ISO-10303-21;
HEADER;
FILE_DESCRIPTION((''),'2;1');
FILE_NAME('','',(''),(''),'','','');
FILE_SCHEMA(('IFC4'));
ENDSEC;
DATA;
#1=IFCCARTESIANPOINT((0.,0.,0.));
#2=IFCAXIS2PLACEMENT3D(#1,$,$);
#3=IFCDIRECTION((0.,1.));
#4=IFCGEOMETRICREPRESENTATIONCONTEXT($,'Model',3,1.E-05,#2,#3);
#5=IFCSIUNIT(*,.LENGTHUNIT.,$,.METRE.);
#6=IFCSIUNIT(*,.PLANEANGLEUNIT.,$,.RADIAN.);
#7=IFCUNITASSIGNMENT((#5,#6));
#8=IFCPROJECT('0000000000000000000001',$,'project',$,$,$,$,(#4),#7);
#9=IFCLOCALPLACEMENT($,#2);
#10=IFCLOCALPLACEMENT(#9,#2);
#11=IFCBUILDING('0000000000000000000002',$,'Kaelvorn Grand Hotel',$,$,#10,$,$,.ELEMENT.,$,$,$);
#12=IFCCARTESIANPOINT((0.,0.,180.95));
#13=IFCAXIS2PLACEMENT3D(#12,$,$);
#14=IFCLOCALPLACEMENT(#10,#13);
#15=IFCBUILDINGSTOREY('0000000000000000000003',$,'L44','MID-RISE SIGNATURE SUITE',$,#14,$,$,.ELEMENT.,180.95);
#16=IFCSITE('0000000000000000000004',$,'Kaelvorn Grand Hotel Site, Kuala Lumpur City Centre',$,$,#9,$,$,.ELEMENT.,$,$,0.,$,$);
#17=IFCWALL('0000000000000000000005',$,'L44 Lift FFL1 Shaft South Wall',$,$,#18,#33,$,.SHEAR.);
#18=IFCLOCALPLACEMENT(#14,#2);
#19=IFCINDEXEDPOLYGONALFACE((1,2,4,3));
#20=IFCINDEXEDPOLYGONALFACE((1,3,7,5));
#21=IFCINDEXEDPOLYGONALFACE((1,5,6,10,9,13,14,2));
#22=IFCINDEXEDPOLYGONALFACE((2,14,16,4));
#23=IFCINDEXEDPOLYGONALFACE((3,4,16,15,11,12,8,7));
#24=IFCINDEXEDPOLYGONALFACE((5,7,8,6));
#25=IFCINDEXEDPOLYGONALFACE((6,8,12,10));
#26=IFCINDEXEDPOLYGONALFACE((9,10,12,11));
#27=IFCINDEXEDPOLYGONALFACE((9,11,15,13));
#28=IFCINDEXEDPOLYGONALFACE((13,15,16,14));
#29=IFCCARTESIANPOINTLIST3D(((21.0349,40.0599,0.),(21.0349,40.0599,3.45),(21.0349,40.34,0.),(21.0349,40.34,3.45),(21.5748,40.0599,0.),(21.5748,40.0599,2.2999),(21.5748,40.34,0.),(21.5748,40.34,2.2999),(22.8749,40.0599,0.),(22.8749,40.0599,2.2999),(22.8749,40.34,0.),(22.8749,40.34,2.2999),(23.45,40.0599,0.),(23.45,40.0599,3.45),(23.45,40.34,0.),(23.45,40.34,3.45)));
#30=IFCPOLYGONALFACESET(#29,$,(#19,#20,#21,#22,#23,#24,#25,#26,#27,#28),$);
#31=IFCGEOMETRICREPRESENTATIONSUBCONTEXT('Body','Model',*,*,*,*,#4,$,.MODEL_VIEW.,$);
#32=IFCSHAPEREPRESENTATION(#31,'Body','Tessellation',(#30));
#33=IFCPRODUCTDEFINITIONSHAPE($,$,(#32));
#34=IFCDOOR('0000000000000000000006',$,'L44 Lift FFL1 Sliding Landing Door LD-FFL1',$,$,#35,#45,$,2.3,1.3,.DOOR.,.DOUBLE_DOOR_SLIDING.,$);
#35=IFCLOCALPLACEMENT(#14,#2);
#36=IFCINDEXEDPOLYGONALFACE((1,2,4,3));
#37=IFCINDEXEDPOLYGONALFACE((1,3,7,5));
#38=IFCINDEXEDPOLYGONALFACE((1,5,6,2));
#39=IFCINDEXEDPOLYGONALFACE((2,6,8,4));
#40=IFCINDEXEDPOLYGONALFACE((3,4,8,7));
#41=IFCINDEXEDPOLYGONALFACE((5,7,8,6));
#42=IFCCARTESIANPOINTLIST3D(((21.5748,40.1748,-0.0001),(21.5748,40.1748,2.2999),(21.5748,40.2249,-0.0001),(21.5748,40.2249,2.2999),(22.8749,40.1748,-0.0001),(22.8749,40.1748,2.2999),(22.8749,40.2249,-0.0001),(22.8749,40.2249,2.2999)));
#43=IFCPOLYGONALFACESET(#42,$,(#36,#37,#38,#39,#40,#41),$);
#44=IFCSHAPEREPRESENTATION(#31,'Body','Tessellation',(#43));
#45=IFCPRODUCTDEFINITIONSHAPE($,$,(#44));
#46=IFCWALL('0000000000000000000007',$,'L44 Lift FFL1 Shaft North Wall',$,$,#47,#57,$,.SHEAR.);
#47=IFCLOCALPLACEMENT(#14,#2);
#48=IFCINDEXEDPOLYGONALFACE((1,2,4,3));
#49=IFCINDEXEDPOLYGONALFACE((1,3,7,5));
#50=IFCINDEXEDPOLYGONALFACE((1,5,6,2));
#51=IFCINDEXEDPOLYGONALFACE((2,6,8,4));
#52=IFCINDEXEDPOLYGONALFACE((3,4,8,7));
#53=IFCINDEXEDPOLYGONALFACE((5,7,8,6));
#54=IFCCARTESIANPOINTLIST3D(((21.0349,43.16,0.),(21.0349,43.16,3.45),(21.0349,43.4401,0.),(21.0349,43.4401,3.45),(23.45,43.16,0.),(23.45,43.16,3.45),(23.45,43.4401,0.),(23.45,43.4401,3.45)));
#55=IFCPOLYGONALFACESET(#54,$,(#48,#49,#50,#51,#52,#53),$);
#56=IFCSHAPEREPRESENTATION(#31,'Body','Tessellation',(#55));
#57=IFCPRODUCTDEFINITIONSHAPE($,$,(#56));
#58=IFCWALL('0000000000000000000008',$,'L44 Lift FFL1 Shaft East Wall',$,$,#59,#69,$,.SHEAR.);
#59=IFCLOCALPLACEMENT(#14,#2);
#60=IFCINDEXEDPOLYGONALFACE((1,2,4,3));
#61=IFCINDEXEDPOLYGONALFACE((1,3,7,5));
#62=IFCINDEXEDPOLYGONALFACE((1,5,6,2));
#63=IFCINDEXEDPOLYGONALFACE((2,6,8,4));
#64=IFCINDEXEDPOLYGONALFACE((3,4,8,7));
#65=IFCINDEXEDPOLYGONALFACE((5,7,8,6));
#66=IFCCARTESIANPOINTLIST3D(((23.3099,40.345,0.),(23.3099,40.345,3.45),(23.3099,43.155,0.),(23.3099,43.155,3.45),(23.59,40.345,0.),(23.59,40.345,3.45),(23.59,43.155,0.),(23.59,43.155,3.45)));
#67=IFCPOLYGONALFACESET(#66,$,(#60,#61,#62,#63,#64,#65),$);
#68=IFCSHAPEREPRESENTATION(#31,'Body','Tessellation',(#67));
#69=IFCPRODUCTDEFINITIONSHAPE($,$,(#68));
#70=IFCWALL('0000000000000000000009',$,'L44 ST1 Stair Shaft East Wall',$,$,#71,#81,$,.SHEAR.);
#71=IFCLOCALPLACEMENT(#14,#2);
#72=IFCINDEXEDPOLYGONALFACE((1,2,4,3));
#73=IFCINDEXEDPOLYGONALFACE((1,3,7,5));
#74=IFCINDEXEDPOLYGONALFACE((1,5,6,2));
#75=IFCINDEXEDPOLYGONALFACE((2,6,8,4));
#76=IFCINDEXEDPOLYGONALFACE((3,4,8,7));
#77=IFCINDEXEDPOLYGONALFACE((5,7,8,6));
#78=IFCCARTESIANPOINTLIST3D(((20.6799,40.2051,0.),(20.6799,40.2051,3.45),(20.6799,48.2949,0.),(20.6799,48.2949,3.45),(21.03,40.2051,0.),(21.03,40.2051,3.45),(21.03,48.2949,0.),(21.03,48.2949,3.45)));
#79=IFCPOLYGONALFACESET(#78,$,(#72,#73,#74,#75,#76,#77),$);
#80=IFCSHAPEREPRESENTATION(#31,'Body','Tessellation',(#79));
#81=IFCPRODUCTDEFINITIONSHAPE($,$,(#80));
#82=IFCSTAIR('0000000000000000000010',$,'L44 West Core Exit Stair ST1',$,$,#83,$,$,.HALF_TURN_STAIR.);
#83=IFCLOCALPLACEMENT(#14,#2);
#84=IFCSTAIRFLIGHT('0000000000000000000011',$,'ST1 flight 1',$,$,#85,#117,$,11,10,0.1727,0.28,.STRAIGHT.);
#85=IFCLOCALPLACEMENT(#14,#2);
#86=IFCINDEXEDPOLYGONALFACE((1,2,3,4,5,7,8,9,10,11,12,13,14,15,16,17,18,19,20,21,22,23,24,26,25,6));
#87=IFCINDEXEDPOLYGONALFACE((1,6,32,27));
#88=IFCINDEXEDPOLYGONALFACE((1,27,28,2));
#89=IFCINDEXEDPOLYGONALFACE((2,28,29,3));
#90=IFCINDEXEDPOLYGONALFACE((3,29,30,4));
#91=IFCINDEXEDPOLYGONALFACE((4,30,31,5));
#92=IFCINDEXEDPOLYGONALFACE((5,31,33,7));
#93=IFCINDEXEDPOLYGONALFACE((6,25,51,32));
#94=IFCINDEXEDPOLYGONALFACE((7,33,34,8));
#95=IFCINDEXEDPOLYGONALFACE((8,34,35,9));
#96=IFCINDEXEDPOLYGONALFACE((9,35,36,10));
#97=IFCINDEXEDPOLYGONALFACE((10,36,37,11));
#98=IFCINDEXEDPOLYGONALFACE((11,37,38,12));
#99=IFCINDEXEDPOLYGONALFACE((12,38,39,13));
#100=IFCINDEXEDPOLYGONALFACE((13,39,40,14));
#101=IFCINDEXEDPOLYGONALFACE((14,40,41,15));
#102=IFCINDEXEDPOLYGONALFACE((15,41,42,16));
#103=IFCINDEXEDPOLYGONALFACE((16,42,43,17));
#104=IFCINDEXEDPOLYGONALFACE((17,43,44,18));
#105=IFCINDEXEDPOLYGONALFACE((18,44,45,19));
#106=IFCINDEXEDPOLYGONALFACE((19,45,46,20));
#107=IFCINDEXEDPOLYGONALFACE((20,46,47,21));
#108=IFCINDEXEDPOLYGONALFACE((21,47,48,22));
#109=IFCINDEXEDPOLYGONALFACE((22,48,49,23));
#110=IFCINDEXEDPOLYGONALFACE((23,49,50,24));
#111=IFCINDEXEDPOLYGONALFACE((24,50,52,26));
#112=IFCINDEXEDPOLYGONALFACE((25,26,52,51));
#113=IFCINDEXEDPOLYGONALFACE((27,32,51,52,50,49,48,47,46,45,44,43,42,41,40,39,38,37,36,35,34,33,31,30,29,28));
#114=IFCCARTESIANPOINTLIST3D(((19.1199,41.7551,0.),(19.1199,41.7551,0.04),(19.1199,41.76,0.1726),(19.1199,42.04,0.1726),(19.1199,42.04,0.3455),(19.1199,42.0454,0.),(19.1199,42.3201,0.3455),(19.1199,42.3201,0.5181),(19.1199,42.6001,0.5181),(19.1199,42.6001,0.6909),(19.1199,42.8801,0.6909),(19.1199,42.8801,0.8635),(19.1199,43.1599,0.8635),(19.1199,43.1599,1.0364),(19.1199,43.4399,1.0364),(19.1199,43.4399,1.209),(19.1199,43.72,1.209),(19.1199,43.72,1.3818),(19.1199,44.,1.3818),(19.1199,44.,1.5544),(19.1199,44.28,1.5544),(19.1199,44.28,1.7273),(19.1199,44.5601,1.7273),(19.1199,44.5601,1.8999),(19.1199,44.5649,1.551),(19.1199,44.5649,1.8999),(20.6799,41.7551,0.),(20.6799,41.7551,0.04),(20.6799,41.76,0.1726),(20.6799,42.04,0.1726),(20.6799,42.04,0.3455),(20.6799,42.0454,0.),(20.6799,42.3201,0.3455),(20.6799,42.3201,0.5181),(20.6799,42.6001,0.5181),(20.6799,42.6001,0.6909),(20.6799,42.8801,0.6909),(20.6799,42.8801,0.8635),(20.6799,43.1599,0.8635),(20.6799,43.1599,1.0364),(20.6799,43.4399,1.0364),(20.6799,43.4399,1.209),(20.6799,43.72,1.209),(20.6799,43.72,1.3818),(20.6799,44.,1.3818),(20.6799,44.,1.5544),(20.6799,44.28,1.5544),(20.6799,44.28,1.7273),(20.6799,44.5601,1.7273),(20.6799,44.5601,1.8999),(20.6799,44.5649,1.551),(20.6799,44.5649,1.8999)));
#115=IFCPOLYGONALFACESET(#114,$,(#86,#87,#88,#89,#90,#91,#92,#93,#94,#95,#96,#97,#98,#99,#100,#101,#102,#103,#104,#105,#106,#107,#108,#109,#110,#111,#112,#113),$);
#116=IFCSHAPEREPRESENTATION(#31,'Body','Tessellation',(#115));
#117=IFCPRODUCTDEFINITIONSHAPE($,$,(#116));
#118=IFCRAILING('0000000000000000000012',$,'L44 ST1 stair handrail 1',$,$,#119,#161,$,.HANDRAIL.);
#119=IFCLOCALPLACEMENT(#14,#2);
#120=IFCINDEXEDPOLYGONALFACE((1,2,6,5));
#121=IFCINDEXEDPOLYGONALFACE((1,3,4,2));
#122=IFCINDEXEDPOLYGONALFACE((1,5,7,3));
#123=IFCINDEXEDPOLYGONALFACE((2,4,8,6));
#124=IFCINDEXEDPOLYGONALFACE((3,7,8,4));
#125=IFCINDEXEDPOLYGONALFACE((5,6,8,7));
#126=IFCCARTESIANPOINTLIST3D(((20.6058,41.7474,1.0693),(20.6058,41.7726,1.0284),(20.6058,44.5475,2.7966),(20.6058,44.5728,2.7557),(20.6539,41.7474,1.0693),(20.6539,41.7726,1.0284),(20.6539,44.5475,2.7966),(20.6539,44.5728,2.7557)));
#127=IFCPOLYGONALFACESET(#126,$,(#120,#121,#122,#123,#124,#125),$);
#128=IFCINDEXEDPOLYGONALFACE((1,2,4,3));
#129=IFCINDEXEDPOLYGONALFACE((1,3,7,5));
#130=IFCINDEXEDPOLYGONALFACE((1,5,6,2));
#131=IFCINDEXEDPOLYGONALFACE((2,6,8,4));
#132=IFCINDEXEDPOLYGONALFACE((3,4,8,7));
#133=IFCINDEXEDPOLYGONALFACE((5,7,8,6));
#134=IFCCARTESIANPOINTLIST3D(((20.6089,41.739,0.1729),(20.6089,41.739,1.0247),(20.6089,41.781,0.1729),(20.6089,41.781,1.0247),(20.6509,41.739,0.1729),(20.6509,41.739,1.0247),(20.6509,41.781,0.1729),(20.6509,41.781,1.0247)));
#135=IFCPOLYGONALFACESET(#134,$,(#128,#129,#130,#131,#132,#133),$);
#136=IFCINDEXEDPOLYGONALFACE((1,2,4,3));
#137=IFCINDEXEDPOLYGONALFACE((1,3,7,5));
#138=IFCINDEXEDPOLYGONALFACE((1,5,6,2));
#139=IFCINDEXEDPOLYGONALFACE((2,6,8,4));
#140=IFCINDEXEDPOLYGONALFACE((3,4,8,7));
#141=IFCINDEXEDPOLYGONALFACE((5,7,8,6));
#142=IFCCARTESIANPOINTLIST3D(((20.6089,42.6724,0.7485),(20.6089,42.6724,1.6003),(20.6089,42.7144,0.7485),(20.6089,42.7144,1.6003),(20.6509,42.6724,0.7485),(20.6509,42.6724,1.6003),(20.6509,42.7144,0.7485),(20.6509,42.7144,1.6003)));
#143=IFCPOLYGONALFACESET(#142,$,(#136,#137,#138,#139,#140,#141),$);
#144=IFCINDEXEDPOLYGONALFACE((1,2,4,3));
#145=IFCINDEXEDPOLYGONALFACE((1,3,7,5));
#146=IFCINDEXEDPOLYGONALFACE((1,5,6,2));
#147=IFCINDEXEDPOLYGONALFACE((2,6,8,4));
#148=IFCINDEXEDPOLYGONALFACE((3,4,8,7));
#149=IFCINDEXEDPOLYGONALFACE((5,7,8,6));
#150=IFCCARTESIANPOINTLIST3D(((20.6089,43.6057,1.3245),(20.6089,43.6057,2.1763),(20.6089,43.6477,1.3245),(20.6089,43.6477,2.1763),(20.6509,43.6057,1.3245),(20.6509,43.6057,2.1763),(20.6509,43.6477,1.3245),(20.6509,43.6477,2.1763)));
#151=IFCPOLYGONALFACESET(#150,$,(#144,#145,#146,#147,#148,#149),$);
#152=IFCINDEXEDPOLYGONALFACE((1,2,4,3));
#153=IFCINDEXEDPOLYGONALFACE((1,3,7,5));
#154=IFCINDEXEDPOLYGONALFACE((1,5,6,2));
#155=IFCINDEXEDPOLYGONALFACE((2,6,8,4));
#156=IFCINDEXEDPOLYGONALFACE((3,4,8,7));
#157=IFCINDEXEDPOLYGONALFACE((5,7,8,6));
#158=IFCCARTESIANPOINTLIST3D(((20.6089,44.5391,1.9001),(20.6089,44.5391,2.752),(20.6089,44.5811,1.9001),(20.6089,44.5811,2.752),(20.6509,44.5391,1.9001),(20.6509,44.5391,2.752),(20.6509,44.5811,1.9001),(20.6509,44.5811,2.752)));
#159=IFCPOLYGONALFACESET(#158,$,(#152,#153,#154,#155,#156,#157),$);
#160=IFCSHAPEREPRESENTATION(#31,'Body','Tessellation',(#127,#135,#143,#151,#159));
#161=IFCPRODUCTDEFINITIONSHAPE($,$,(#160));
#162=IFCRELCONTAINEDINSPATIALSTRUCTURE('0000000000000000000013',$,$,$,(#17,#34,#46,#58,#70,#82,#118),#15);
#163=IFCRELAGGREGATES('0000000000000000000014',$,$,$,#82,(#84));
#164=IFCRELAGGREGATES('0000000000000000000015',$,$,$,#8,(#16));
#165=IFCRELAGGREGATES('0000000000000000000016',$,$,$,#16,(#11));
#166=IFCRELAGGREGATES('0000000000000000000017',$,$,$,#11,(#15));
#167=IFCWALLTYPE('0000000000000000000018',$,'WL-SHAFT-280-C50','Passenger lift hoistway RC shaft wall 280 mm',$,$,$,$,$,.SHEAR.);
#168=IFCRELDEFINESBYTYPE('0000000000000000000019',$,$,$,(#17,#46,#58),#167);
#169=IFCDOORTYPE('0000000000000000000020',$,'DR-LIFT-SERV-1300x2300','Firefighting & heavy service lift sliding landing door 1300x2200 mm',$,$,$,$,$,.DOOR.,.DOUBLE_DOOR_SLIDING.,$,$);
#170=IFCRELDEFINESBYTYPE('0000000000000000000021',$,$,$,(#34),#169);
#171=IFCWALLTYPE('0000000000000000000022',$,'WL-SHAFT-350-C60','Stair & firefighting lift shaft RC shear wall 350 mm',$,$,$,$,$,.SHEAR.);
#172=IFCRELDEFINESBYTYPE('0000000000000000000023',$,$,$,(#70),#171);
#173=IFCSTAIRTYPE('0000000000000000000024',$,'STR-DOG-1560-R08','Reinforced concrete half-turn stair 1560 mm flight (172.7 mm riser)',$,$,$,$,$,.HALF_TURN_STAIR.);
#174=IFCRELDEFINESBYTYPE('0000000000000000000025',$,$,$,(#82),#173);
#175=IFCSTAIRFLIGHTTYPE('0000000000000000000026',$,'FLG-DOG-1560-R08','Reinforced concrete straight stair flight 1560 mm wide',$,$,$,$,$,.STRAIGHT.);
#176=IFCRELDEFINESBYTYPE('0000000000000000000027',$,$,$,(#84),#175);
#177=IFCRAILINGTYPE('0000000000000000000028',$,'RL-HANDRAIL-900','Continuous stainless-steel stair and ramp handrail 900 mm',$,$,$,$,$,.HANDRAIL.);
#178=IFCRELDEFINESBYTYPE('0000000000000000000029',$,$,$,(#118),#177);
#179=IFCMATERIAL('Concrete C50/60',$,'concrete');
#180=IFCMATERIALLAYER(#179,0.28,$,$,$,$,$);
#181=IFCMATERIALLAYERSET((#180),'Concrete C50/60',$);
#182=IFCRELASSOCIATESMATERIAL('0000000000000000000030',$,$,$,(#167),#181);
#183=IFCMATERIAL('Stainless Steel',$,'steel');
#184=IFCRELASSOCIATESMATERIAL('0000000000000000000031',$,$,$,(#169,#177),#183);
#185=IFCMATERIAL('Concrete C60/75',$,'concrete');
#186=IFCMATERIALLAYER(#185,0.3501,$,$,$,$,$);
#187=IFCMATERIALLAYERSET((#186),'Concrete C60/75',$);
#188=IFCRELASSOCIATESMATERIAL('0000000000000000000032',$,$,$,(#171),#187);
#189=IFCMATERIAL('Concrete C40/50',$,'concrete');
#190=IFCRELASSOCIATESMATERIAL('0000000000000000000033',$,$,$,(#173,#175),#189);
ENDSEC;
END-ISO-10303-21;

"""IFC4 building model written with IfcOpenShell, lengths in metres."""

from ifc_helpers import new_model, si_unit, direction, frame, frame_2d, origin, origin_2d, place, context, subcontext, project, spatial, polyline, rectangle, outline, extrude, material, layer, layer_set, type_object, element, fill, aggregate, save


model = new_model("IFC4")

# Units and contexts
model_context = context("Model", 3, precision=1e-05, world=origin(), true_north=direction((0.0, 1.0)))
body_context = subcontext(model_context, "Body", "Model", "MODEL_VIEW")
ifc_project = project(units=[si_unit("LENGTHUNIT", "METRE"), si_unit("PLANEANGLEUNIT", "RADIAN")], contexts=[model_context])

# Site, building, storey
site_placement = place(None, origin())
site = spatial("IfcSite", under=ifc_project, at=site_placement, Name="Kaelvorn Grand Hotel Site, Kuala Lumpur City Centre", CompositionType="ELEMENT", RefElevation=0.0)
building_placement = place(site_placement, origin())
building = spatial("IfcBuilding", under=site, at=building_placement, Name="Kaelvorn Grand Hotel", CompositionType="ELEMENT")
storey_placement = place(building_placement, frame((0.0, 0.0, 180.95)))
storey = spatial("IfcBuildingStorey", under=building, at=storey_placement, Name="L44", Description="MID-RISE SIGNATURE SUITE", CompositionType="ELEMENT", Elevation=180.95)

# Shared definitions
ifc_material_1 = material(Name="Concrete C60/75", Category="concrete")

# Shared definitions
ifc_material_2 = material(Name="Concrete C50/60", Category="concrete")

# Shared definitions
ifc_material_3 = material(Name="Concrete C40/50", Category="concrete")

# Wall, opening, door
ifc_layer_1 = layer(ifc_material_2, 0.28)
ifc_layer_set_1 = layer_set([ifc_layer_1], Name="Concrete C50/60")
wall_type_1 = type_object("IfcWallType", Name="WL-SHAFT-280-C50", Description="Passenger lift hoistway RC shaft wall 280 mm", PredefinedType="SHEAR", material=ifc_layer_set_1)
wall_1_placement = place(storey_placement, frame((21.0349, 40.2, 0.0), z_axis=(0.0, 0.0, 1.0), x_axis=(1.0, 0.0, 0.0)))
wall_1 = element("IfcWall", 1, at=wall_1_placement, inside=storey, type_object=wall_type_1, Name="L44 Lift FFL1 Shaft South Wall", PredefinedType="SHEAR", context=body_context, shape_type="SweptSolid", body=[
    extrude(rectangle(XDim=2.415, YDim=0.28, at=frame_2d((1.2075, 0.0))), origin(), (0.0, 0.0, 1.0), 3.45),
])
opening_1_placement = place(wall_1_placement, frame((0.54, 0.0, 0.0)))
opening_1 = element("IfcOpeningElement", 2, at=opening_1_placement, cuts=wall_1, PredefinedType="OPENING", context=body_context, shape_type="SweptSolid", body=[
    extrude(rectangle(XDim=1.3, YDim=2.3, at=frame_2d((0.6499, 1.1499))), frame((0.0, 0.1499, 0.0), z_axis=(0.0, -1.0, 0.0), x_axis=(1.0, 0.0, 0.0)), (0.0, 0.0, 1.0), 0.3),
])
ifc_material_4 = material(Name="Stainless Steel", Category="steel")
door_type_1 = type_object("IfcDoorType", Name="DR-LIFT-SERV-1300x2300", Description="Firefighting & heavy service lift sliding landing door 1300x2200 mm", OperationType="DOUBLE_DOOR_SLIDING", PredefinedType="DOOR", material=ifc_material_4)
door_1_placement = place(opening_1_placement, origin())
door_1 = element("IfcDoor", 3, at=door_1_placement, inside=storey, type_object=door_type_1, Name="L44 Lift FFL1 Sliding Landing Door LD-FFL1", OperationType="DOUBLE_DOOR_SLIDING", OverallHeight=2.3, OverallWidth=1.3, PredefinedType="DOOR", context=body_context, shape_type="SweptSolid", body=[
    extrude(rectangle(XDim=1.3, YDim=2.3, at=frame_2d((0.6499, 1.1499))), frame((0.0, 0.0249, 0.0), z_axis=(0.0, -1.0, 0.0), x_axis=(1.0, 0.0, 0.0)), (0.0, 0.0, 1.0), 0.05),
])
fill(opening_1, door_1)

# Walls
wall_2_placement = place(storey_placement, frame((21.0349, 43.3, 0.0), z_axis=(0.0, 0.0, 1.0), x_axis=(1.0, 0.0, 0.0)))
element("IfcWall", 4, at=wall_2_placement, inside=storey, type_object=wall_type_1, Name="L44 Lift FFL1 Shaft North Wall", PredefinedType="SHEAR", context=body_context, shape_type="SweptSolid", body=[
    extrude(rectangle(XDim=2.415, YDim=0.28, at=frame_2d((1.2075, 0.0))), origin(), (0.0, 0.0, 1.0), 3.45),
])
wall_3_placement = place(storey_placement, frame((23.45, 40.345, 0.0), z_axis=(0.0, 0.0, 1.0), x_axis=(0.0, 1.0, 0.0)))
element("IfcWall", 5, at=wall_3_placement, inside=storey, type_object=wall_type_1, Name="L44 Lift FFL1 Shaft East Wall", PredefinedType="SHEAR", context=body_context, shape_type="SweptSolid", body=[
    extrude(rectangle(XDim=2.8101, YDim=0.28, at=frame_2d((1.405, 0.0))), origin(), (0.0, 0.0, 1.0), 3.45),
])
ifc_layer_2 = layer(ifc_material_1, 0.3501)
ifc_layer_set_2 = layer_set([ifc_layer_2], Name="Concrete C60/75")
wall_type_2 = type_object("IfcWallType", Name="WL-SHAFT-350-C60", Description="Stair & firefighting lift shaft RC shear wall 350 mm", PredefinedType="SHEAR", material=ifc_layer_set_2)
wall_4_placement = place(storey_placement, frame((20.855, 40.2051, 0.0), z_axis=(0.0, 0.0, 1.0), x_axis=(0.0, 1.0, 0.0)))
element("IfcWall", 6, at=wall_4_placement, inside=storey, type_object=wall_type_2, Name="L44 ST1 Stair Shaft East Wall", PredefinedType="SHEAR", context=body_context, shape_type="SweptSolid", body=[
    extrude(rectangle(XDim=8.0898, YDim=0.3501, at=frame_2d((4.0449, 0.0))), origin(), (0.0, 0.0, 1.0), 3.45),
])

# Stair, stair flight
stair_type = type_object("IfcStairType", Name="STR-DOG-1560-R08", Description="Reinforced concrete half-turn stair 1560 mm flight (172.7 mm riser)", PredefinedType="HALF_TURN_STAIR", material=ifc_material_3)
stair_placement = place(storey_placement, origin())
stair = element("IfcStair", 7, at=stair_placement, inside=storey, type_object=stair_type, Name="L44 West Core Exit Stair ST1", PredefinedType="HALF_TURN_STAIR")
stair_flight_type = type_object("IfcStairFlightType", Name="FLG-DOG-1560-R08", Description="Reinforced concrete straight stair flight 1560 mm wide", PredefinedType="STRAIGHT", material=ifc_material_3)
stair_flight_placement = place(storey_placement, frame((19.8999, 41.76, 0.0), z_axis=(0.0, 0.0, 1.0), x_axis=(0.0, 1.0, 0.0)))
stair_flight = element("IfcStairFlight", 8, at=stair_flight_placement, type_object=stair_flight_type, Name="ST1 flight 1", NumberOfRisers=11, NumberOfTreads=10, PredefinedType="STRAIGHT", RiserHeight=0.1727, TreadLength=0.28, context=body_context, shape_type="SweptSolid", body=[
    extrude(outline(polyline([(-0.0049, 0.0), (-0.0049, 0.04), (0.0, 0.1726), (0.28, 0.1726), (0.28, 0.3455), (0.5601, 0.3455), (0.5601, 0.5181), (0.8401, 0.5181), (0.8401, 0.6909), (1.1201, 0.6909), (1.1201, 0.8635), (1.3999, 0.8635), (1.3999, 1.0364), (1.6799, 1.0364), (1.6799, 1.209), (1.96, 1.209), (1.96, 1.3818), (2.24, 1.3818), (2.24, 1.5544), (2.52, 1.5544), (2.52, 1.7273), (2.8, 1.7273), (2.8, 1.8999), (2.8049, 1.8999), (2.8049, 1.551), (0.2854, 0.0), (-0.0049, 0.0)])), frame((0.0, 0.78, 0.0), z_axis=(0.0, -1.0, 0.0), x_axis=(1.0, 0.0, 0.0)), (0.0, 0.0, 1.0), 1.5601),
])
aggregate(stair, [stair_flight])

# Railing
railing_type = type_object("IfcRailingType", Name="RL-HANDRAIL-900", Description="Continuous stainless-steel stair and ramp handrail 900 mm", PredefinedType="HANDRAIL", material=ifc_material_4)
railing_placement = place(storey_placement, frame((20.6299, 41.76, 0.1729)))
element("IfcRailing", 9, at=railing_placement, inside=storey, type_object=railing_type, Name="L44 ST1 stair handrail 1", PredefinedType="HANDRAIL", context=body_context, shape_type="SweptSolid", body=[
    extrude(rectangle(XDim=0.0481, YDim=0.0481, at=origin_2d()), frame((0.0, 0.0, 0.876), z_axis=(0.0, 0.85109, 0.52502), x_axis=(-1.0, 0.0, 0.0)), (0.0, 0.0, 1.0), 3.29),
    extrude(rectangle(XDim=0.042, YDim=0.042, at=origin_2d()), origin(), (0.0, 0.0, 1.0), 0.8518),
    extrude(rectangle(XDim=0.042, YDim=0.042, at=origin_2d()), frame((0.0, 0.9333, 0.5757)), (0.0, 0.0, 1.0), 0.8518),
    extrude(rectangle(XDim=0.042, YDim=0.042, at=origin_2d()), frame((0.0, 1.8667, 1.1516)), (0.0, 0.0, 1.0), 0.8518),
    extrude(rectangle(XDim=0.042, YDim=0.042, at=origin_2d()), frame((0.0, 2.8, 1.7273)), (0.0, 0.0, 1.0), 0.8518),
])

save(model, "model.ifc")
